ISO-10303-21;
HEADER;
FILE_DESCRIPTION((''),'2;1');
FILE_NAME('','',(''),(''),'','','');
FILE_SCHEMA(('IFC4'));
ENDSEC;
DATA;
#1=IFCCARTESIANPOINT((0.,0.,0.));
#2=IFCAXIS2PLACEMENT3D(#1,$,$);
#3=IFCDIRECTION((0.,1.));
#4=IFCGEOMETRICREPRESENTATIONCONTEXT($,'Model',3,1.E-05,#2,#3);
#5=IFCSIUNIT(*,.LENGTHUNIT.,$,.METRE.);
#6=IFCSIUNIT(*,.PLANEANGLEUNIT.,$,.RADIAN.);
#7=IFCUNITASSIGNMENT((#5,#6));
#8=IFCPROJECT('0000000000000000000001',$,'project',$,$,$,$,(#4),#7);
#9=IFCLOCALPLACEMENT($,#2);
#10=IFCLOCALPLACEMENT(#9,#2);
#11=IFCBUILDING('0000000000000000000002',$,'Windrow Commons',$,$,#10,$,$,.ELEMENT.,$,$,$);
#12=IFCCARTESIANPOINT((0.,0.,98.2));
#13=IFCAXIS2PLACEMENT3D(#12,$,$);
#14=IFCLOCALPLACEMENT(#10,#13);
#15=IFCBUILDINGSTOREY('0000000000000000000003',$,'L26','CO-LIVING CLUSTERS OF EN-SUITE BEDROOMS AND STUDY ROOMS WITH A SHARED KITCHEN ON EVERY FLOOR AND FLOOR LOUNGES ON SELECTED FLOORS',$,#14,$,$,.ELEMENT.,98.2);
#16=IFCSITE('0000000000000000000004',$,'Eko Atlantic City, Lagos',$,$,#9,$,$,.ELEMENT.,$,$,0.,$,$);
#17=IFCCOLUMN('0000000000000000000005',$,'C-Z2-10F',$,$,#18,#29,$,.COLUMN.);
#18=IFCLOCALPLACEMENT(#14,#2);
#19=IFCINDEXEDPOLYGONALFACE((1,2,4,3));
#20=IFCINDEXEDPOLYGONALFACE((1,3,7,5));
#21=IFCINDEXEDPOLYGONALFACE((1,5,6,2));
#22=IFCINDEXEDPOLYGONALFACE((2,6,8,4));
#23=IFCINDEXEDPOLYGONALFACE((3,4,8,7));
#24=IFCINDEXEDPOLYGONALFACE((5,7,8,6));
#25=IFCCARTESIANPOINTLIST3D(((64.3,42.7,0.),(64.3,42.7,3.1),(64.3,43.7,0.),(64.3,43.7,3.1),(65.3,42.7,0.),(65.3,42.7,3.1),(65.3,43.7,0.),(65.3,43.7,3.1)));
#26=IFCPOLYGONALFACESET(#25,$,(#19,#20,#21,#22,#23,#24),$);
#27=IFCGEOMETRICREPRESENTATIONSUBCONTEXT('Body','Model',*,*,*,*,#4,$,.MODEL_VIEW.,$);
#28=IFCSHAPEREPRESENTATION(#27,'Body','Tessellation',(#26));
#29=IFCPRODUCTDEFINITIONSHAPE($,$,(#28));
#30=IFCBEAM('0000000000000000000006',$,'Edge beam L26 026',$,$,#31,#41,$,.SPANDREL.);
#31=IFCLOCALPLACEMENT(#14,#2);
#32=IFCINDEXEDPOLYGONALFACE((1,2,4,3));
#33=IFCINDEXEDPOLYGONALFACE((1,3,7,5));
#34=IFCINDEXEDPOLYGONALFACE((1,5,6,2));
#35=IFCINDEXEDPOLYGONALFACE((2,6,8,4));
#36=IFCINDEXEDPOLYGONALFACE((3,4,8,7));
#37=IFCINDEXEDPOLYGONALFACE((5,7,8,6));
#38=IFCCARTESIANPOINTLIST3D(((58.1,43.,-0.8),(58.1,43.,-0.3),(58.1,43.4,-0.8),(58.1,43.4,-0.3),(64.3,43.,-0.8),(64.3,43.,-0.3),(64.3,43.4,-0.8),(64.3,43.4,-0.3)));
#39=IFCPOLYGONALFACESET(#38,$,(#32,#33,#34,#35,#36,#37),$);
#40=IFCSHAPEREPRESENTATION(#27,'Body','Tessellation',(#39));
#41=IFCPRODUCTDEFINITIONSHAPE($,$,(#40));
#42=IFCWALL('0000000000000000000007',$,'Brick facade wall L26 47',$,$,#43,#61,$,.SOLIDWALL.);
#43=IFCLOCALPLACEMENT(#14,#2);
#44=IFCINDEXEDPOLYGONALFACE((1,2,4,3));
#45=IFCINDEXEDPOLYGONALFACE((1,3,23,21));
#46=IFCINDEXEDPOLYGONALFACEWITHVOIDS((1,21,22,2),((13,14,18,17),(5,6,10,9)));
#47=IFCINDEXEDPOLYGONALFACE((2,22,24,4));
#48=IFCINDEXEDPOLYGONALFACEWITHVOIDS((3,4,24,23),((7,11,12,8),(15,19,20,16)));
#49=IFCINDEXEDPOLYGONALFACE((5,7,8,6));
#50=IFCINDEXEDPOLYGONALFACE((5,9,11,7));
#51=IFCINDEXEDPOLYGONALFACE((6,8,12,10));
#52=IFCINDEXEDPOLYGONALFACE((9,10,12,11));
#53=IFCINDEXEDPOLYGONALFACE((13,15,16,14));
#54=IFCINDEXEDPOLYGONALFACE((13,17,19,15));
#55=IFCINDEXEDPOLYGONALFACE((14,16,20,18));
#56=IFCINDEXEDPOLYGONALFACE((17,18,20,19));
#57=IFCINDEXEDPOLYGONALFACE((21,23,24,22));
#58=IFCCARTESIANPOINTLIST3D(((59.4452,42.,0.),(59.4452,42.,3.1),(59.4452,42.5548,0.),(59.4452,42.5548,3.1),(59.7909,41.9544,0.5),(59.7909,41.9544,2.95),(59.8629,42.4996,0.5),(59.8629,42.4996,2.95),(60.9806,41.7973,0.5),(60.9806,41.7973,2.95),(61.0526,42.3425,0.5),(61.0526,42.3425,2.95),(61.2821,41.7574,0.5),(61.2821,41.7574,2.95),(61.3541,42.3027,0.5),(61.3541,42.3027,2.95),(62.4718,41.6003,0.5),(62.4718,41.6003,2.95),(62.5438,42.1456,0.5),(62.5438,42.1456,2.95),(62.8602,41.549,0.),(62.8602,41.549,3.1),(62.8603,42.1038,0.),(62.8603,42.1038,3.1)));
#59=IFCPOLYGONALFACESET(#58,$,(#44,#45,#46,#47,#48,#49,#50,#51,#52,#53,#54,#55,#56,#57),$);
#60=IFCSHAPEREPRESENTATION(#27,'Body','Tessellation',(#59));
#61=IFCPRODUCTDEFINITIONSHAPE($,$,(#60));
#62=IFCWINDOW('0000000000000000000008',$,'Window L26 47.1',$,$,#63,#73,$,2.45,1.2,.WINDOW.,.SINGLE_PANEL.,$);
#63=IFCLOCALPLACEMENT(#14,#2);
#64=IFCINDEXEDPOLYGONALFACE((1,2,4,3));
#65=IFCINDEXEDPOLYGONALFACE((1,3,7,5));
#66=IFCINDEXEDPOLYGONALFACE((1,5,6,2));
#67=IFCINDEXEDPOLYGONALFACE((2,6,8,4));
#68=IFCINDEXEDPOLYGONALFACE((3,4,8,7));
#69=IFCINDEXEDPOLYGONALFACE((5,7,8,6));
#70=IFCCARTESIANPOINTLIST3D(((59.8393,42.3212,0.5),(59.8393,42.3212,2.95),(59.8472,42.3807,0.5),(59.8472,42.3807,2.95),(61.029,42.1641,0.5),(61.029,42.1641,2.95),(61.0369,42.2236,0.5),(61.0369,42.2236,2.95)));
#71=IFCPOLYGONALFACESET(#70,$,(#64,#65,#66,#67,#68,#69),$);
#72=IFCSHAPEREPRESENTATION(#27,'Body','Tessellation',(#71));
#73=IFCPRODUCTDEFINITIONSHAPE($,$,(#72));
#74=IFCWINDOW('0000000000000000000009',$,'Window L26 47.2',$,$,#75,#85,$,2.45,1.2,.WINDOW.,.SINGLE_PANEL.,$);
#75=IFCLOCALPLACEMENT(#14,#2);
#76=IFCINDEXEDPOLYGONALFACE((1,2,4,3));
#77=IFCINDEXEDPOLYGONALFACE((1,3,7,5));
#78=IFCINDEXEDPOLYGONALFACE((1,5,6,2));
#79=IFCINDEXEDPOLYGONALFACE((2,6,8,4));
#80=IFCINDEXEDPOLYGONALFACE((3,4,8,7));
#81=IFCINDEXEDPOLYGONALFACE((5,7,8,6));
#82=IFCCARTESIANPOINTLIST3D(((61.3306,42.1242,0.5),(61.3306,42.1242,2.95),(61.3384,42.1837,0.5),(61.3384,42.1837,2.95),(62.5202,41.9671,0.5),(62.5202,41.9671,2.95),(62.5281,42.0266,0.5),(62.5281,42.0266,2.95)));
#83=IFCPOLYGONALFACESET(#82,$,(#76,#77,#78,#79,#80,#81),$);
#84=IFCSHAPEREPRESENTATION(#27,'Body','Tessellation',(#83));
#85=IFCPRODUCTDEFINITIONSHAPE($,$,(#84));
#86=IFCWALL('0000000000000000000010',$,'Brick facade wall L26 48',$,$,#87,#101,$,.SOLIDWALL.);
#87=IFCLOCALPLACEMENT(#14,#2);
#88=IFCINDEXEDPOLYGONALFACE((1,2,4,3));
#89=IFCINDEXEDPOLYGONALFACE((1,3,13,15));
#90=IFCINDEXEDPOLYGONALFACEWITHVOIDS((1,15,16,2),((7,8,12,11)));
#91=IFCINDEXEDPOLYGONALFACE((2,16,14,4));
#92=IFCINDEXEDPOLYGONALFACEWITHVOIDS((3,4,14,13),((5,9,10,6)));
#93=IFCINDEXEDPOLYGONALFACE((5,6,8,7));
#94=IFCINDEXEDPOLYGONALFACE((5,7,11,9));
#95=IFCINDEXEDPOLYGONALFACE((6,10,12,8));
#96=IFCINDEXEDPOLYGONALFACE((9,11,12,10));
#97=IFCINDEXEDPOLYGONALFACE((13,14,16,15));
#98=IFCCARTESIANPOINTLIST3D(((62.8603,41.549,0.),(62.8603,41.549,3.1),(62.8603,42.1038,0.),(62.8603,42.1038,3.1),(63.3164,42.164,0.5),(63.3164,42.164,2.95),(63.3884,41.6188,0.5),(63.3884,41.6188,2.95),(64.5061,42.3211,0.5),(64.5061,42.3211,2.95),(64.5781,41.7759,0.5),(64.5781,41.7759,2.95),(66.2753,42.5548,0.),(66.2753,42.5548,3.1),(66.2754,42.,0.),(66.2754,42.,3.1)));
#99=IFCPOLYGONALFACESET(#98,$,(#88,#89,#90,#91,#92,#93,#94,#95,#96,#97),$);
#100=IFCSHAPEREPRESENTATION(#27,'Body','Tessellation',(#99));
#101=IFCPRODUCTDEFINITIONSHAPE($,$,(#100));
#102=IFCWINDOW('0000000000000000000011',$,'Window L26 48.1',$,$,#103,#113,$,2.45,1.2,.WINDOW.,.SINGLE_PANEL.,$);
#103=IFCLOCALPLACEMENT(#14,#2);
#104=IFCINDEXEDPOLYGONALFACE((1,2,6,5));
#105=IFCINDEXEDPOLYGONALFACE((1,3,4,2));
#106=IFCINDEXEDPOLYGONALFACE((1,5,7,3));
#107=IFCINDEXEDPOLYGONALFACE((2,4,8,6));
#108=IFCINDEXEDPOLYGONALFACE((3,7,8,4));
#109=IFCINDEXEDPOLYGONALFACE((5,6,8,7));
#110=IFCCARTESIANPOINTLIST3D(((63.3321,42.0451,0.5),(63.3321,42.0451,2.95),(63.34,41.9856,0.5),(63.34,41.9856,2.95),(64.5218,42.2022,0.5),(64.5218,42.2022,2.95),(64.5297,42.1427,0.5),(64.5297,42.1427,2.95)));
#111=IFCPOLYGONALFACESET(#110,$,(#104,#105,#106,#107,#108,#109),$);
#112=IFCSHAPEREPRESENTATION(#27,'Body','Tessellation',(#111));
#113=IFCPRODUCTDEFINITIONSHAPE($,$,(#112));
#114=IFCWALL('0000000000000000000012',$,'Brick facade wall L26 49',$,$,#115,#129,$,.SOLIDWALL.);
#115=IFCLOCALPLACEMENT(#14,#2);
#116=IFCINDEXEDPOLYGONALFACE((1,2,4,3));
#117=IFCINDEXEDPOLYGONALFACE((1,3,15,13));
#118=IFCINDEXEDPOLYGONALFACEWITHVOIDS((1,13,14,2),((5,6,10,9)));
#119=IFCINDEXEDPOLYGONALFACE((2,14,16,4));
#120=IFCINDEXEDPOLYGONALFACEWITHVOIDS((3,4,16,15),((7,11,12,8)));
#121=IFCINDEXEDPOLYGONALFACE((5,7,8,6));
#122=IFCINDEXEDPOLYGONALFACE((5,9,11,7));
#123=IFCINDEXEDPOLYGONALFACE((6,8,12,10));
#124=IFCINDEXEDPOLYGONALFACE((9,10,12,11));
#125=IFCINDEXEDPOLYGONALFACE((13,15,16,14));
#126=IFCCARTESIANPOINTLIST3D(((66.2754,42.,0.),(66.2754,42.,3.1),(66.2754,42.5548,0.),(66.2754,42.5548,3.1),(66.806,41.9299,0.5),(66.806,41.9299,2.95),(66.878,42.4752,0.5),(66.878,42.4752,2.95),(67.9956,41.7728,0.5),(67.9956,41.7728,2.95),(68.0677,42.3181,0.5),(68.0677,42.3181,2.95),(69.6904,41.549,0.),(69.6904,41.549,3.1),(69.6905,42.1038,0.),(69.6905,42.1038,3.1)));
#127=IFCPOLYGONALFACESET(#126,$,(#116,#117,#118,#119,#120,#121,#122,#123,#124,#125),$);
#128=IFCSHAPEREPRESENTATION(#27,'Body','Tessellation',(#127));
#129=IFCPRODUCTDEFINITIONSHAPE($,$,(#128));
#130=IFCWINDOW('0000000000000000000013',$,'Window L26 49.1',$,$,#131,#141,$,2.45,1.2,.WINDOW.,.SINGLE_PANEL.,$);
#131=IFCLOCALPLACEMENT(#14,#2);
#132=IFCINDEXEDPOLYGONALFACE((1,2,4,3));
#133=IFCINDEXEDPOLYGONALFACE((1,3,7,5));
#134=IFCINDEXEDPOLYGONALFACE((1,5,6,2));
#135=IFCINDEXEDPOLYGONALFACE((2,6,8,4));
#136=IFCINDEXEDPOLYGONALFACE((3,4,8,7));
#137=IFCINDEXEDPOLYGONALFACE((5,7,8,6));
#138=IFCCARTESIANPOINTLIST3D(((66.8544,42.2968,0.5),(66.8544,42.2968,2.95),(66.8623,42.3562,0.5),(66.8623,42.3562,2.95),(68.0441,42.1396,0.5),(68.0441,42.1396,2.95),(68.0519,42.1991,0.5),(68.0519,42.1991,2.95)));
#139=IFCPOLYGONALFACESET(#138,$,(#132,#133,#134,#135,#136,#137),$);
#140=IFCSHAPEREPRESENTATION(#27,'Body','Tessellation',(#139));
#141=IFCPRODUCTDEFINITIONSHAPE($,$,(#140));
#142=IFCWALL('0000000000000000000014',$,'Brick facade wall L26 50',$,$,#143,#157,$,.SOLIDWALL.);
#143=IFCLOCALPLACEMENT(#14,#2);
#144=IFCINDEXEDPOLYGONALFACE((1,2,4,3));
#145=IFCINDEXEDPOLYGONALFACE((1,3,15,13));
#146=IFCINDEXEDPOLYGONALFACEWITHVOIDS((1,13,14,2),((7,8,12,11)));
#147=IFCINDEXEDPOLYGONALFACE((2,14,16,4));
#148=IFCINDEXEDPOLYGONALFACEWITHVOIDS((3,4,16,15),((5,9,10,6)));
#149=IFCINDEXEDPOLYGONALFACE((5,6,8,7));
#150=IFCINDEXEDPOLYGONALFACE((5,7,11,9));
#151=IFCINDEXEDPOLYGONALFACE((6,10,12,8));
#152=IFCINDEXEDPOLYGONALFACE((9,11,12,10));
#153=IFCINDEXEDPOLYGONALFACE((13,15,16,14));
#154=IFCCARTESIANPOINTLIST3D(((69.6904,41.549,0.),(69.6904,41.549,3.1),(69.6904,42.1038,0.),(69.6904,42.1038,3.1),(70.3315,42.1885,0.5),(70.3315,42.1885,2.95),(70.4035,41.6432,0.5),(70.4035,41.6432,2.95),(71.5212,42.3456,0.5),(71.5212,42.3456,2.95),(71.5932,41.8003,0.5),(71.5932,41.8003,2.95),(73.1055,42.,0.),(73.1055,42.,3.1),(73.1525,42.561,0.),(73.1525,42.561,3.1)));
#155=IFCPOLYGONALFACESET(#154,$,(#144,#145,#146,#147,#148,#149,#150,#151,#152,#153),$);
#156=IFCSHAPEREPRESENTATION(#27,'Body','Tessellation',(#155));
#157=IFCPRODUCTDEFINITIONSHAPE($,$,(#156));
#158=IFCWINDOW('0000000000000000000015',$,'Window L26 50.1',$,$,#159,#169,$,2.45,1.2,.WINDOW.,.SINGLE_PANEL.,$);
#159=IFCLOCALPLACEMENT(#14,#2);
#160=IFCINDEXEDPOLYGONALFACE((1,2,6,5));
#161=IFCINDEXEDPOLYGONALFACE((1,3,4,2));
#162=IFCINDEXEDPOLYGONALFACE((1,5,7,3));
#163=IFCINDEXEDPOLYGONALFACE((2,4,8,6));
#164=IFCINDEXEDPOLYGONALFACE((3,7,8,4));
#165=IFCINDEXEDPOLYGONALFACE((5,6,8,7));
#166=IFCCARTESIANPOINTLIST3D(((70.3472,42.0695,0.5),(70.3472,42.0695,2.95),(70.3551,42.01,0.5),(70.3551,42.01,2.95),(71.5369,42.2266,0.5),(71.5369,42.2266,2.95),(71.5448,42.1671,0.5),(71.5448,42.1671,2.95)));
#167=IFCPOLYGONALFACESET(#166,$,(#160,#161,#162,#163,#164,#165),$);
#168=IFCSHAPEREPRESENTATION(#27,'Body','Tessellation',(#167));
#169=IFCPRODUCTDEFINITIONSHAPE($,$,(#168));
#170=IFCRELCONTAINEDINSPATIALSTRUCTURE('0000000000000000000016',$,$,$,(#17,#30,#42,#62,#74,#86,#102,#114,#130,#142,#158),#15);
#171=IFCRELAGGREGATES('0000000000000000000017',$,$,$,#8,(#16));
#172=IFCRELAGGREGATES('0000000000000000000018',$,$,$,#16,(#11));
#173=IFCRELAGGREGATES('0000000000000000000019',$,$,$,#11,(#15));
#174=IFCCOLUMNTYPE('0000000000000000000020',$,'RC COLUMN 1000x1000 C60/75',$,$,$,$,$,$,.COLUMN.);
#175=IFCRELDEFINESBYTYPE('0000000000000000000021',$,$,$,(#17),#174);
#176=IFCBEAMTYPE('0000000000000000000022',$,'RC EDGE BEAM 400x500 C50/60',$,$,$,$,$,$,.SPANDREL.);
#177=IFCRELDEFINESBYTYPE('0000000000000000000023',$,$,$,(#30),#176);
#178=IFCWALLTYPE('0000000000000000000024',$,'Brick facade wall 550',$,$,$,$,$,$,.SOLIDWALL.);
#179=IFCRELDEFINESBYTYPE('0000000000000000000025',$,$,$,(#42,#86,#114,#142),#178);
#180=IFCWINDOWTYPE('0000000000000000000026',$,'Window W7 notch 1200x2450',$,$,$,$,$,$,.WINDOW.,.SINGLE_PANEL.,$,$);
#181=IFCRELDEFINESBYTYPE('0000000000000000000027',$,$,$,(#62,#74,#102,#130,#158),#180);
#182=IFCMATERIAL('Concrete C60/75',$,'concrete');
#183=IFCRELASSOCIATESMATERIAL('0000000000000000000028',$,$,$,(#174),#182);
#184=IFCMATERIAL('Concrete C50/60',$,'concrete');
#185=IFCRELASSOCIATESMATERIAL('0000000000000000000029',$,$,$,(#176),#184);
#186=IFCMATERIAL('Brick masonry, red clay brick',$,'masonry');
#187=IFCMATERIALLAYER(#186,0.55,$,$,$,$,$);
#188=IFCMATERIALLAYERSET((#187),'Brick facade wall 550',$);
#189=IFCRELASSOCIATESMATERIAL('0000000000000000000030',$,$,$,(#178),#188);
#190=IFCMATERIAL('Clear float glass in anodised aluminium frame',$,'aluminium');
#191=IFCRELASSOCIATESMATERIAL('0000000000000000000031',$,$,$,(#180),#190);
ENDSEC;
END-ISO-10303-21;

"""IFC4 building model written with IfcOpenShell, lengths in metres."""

from ifc_helpers import new_model, si_unit, direction, frame, frame_2d, origin, origin_2d, place, context, subcontext, project, spatial, polyline, rectangle, outline, extrude, material, layer, layer_set, material_profile, profile_set, type_object, element, fill, save


model = new_model("IFC4")

# Units and contexts
model_context = context("Model", 3, precision=1e-05, world=origin(), true_north=direction((0.0, 1.0)))
body_context = subcontext(model_context, "Body", "Model", "MODEL_VIEW")
ifc_project = project(units=[si_unit("LENGTHUNIT", "METRE"), si_unit("PLANEANGLEUNIT", "RADIAN")], contexts=[model_context])

# Site, building, storey
site_placement = place(None, origin())
site = spatial("IfcSite", under=ifc_project, at=site_placement, Name="Eko Atlantic City, Lagos", CompositionType="ELEMENT", RefElevation=0.0)
building_placement = place(site_placement, origin())
building = spatial("IfcBuilding", under=site, at=building_placement, Name="Windrow Commons", CompositionType="ELEMENT")
storey_placement = place(building_placement, frame((0.0, 0.0, 98.2)))
storey = spatial("IfcBuildingStorey", under=building, at=storey_placement, Name="L26", Description="CO-LIVING CLUSTERS OF EN-SUITE BEDROOMS AND STUDY ROOMS WITH A SHARED KITCHEN ON EVERY FLOOR AND FLOOR LOUNGES ON SELECTED FLOORS", CompositionType="ELEMENT", Elevation=98.2)

# Column
ifc_material_1 = material(Name="Concrete C60/75", Category="concrete")
ifc_material_profile_1 = material_profile(ifc_material_1, rectangle(XDim=1.0, YDim=1.0, at=origin_2d()))
ifc_profile_set_1 = profile_set([ifc_material_profile_1], Name="Concrete C60/75")
column_type = type_object("IfcColumnType", Name="RC COLUMN 1000x1000 C60/75", PredefinedType="COLUMN", material=ifc_profile_set_1)
column_placement = place(storey_placement, frame((64.8, 43.2, 0.0), z_axis=(0.0, 0.0, 1.0), x_axis=(1.0, 0.0, 0.0)))
element("IfcColumn", 1, at=column_placement, inside=storey, type_object=column_type, Name="C-Z2-10F", PredefinedType="COLUMN", context=body_context, shape_type="SweptSolid", body=[
    extrude(rectangle(XDim=1.0, YDim=1.0, at=origin_2d()), origin(), (0.0, 0.0, 1.0), 3.1),
])

# Beam
ifc_material_2 = material(Name="Concrete C50/60", Category="concrete")
ifc_material_profile_2 = material_profile(ifc_material_2, rectangle(XDim=0.4, YDim=0.5, at=origin_2d()))
ifc_profile_set_2 = profile_set([ifc_material_profile_2], Name="Concrete C50/60")
beam_type = type_object("IfcBeamType", Name="RC EDGE BEAM 400x500 C50/60", PredefinedType="SPANDREL", material=ifc_profile_set_2)
beam_placement = place(storey_placement, frame((64.3, 43.2, -0.55), z_axis=(-1.0, 0.0, 0.0), x_axis=(0.0, -1.0, 0.0)))
element("IfcBeam", 2, at=beam_placement, inside=storey, type_object=beam_type, Name="Edge beam L26 026", PredefinedType="SPANDREL", context=body_context, shape_type="SweptSolid", body=[
    extrude(rectangle(XDim=0.4, YDim=0.5, at=origin_2d()), origin(), (0.0, 0.0, 1.0), 6.2),
])

# Wall, openings, windows
ifc_material_3 = material(Name="Brick masonry, red clay brick", Category="masonry")
ifc_layer_1 = layer(ifc_material_3, 0.55)
ifc_layer_set_1 = layer_set([ifc_layer_1], Name="Brick facade wall 550")
wall_type_1 = type_object("IfcWallType", Name="Brick facade wall 550", PredefinedType="SOLIDWALL", material=ifc_layer_set_1)
wall_1_placement = place(storey_placement, frame((59.4452, 42.2774, 0.0), z_axis=(0.0, 0.0, 1.0), x_axis=(0.991392, -0.130924, 0.0)))
wall_1 = element("IfcWall", 3, at=wall_1_placement, inside=storey, type_object=wall_type_1, Name="Brick facade wall L26 47", PredefinedType="SOLIDWALL", context=body_context, shape_type="SweptSolid", body=[
    extrude(outline(polyline([(0.0363, -0.275), (3.481, -0.275), (3.4084, 0.275), (-0.0363, 0.275), (0.0363, -0.275)])), origin(), (0.0, 0.0, 1.0), 3.1),
])
opening_1_placement = place(wall_1_placement, frame((0.385, 0.0, 0.5)))
opening_1 = element("IfcOpeningElement", 4, at=opening_1_placement, cuts=wall_1, PredefinedType="OPENING", context=body_context, shape_type="SweptSolid", body=[
    extrude(rectangle(XDim=1.2, YDim=2.45, at=frame_2d((0.6, 1.225))), frame((0.0, 0.285, 0.0), z_axis=(0.0, -1.0, 0.0), x_axis=(1.0, 0.0, 0.0)), (0.0, 0.0, 1.0), 0.57),
])
opening_2_placement = place(wall_1_placement, frame((1.8892, 0.0, 0.5)))
opening_2 = element("IfcOpeningElement", 5, at=opening_2_placement, cuts=wall_1, PredefinedType="OPENING", context=body_context, shape_type="SweptSolid", body=[
    extrude(rectangle(XDim=1.2, YDim=2.45, at=frame_2d((0.6, 1.225))), frame((0.0, 0.285, 0.0), z_axis=(0.0, -1.0, 0.0), x_axis=(1.0, 0.0, 0.0)), (0.0, 0.0, 1.0), 0.57),
])
ifc_material_4 = material(Name="Clear float glass in anodised aluminium frame", Category="aluminium")
window_type = type_object("IfcWindowType", Name="Window W7 notch 1200x2450", PartitioningType="SINGLE_PANEL", PredefinedType="WINDOW", material=ifc_material_4)
window_1_placement = place(opening_1_placement, origin())
window_1 = element("IfcWindow", 6, at=window_1_placement, inside=storey, type_object=window_type, Name="Window L26 47.1", OverallHeight=2.45, OverallWidth=1.2, PartitioningType="SINGLE_PANEL", PredefinedType="WINDOW", context=body_context, shape_type="SweptSolid", body=[
    extrude(rectangle(XDim=1.2, YDim=2.45, at=frame_2d((0.6, 1.225))), frame((0.0, 0.155, 0.0), z_axis=(0.0, -1.0, 0.0), x_axis=(1.0, 0.0, 0.0)), (0.0, 0.0, 1.0), 0.06),
])
fill(opening_1, window_1)
window_2_placement = place(opening_2_placement, origin())
window_2 = element("IfcWindow", 7, at=window_2_placement, inside=storey, type_object=window_type, Name="Window L26 47.2", OverallHeight=2.45, OverallWidth=1.2, PartitioningType="SINGLE_PANEL", PredefinedType="WINDOW", context=body_context, shape_type="SweptSolid", body=[
    extrude(rectangle(XDim=1.2, YDim=2.45, at=frame_2d((0.6, 1.225))), frame((0.0, 0.155, 0.0), z_axis=(0.0, -1.0, 0.0), x_axis=(1.0, 0.0, 0.0)), (0.0, 0.0, 1.0), 0.06),
])
fill(opening_2, window_2)

# Walls, openings, windows
wall_2_placement = place(storey_placement, frame((62.8603, 41.8264, 0.0), z_axis=(0.0, 0.0, 1.0), x_axis=(0.991392, 0.130924, 0.0)))
wall_2 = element("IfcWall", 8, at=wall_2_placement, inside=storey, type_object=wall_type_1, Name="Brick facade wall L26 48", PredefinedType="SOLIDWALL", context=body_context, shape_type="SweptSolid", body=[
    extrude(outline(polyline([(-0.0363, -0.275), (3.4084, -0.275), (3.481, 0.275), (0.0363, 0.275), (-0.0363, -0.275)])), origin(), (0.0, 0.0, 1.0), 3.1),
])
opening_3_placement = place(wall_2_placement, frame((0.4964, 0.0, 0.5)))
opening_3 = element("IfcOpeningElement", 9, at=opening_3_placement, cuts=wall_2, PredefinedType="OPENING", context=body_context, shape_type="SweptSolid", body=[
    extrude(rectangle(XDim=1.2, YDim=2.45, at=frame_2d((0.6, 1.225))), frame((0.0, 0.285, 0.0), z_axis=(0.0, -1.0, 0.0), x_axis=(1.0, 0.0, 0.0)), (0.0, 0.0, 1.0), 0.57),
])
window_3_placement = place(opening_3_placement, origin())
window_3 = element("IfcWindow", 10, at=window_3_placement, inside=storey, type_object=window_type, Name="Window L26 48.1", OverallHeight=2.45, OverallWidth=1.2, PartitioningType="SINGLE_PANEL", PredefinedType="WINDOW", context=body_context, shape_type="SweptSolid", body=[
    extrude(rectangle(XDim=1.2, YDim=2.45, at=frame_2d((0.6, 1.225))), frame((0.0, 0.155, 0.0), z_axis=(0.0, -1.0, 0.0), x_axis=(1.0, 0.0, 0.0)), (0.0, 0.0, 1.0), 0.06),
])
fill(opening_3, window_3)
wall_3_placement = place(storey_placement, frame((66.2754, 42.2774, 0.0), z_axis=(0.0, 0.0, 1.0), x_axis=(0.991392, -0.130928, 0.0)))
wall_3 = element("IfcWall", 11, at=wall_3_placement, inside=storey, type_object=wall_type_1, Name="Brick facade wall L26 49", PredefinedType="SOLIDWALL", context=body_context, shape_type="SweptSolid", body=[
    extrude(outline(polyline([(0.0363, -0.275), (3.481, -0.275), (3.4084, 0.275), (-0.0363, 0.275), (0.0363, -0.275)])), origin(), (0.0, 0.0, 1.0), 3.1),
])
opening_4_placement = place(wall_3_placement, frame((0.5715, 0.0, 0.5)))
opening_4 = element("IfcOpeningElement", 12, at=opening_4_placement, cuts=wall_3, PredefinedType="OPENING", context=body_context, shape_type="SweptSolid", body=[
    extrude(rectangle(XDim=1.2, YDim=2.45, at=frame_2d((0.6, 1.225))), frame((0.0, 0.285, 0.0), z_axis=(0.0, -1.0, 0.0), x_axis=(1.0, 0.0, 0.0)), (0.0, 0.0, 1.0), 0.57),
])
window_4_placement = place(opening_4_placement, origin())
window_4 = element("IfcWindow", 13, at=window_4_placement, inside=storey, type_object=window_type, Name="Window L26 49.1", OverallHeight=2.45, OverallWidth=1.2, PartitioningType="SINGLE_PANEL", PredefinedType="WINDOW", context=body_context, shape_type="SweptSolid", body=[
    extrude(rectangle(XDim=1.2, YDim=2.45, at=frame_2d((0.6, 1.225))), frame((0.0, 0.155, 0.0), z_axis=(0.0, -1.0, 0.0), x_axis=(1.0, 0.0, 0.0)), (0.0, 0.0, 1.0), 0.06),
])
fill(opening_4, window_4)
wall_4_placement = place(storey_placement, frame((69.6904, 41.8264, 0.0), z_axis=(0.0, 0.0, 1.0), x_axis=(0.991393, 0.130923, 0.0)))
wall_4 = element("IfcWall", 14, at=wall_4_placement, inside=storey, type_object=wall_type_1, Name="Brick facade wall L26 50", PredefinedType="SOLIDWALL", context=body_context, shape_type="SweptSolid", body=[
    extrude(outline(polyline([(-0.0363, -0.275), (3.4084, -0.275), (3.5285, 0.275), (0.0363, 0.275), (-0.0363, -0.275)])), origin(), (0.0, 0.0, 1.0), 3.1),
])
opening_5_placement = place(wall_4_placement, frame((0.683, 0.0, 0.5)))
opening_5 = element("IfcOpeningElement", 15, at=opening_5_placement, cuts=wall_4, PredefinedType="OPENING", context=body_context, shape_type="SweptSolid", body=[
    extrude(rectangle(XDim=1.2, YDim=2.45, at=frame_2d((0.6, 1.225))), frame((0.0, 0.285, 0.0), z_axis=(0.0, -1.0, 0.0), x_axis=(1.0, 0.0, 0.0)), (0.0, 0.0, 1.0), 0.57),
])
window_5_placement = place(opening_5_placement, origin())
window_5 = element("IfcWindow", 16, at=window_5_placement, inside=storey, type_object=window_type, Name="Window L26 50.1", OverallHeight=2.45, OverallWidth=1.2, PartitioningType="SINGLE_PANEL", PredefinedType="WINDOW", context=body_context, shape_type="SweptSolid", body=[
    extrude(rectangle(XDim=1.2, YDim=2.45, at=frame_2d((0.6, 1.225))), frame((0.0, 0.155, 0.0), z_axis=(0.0, -1.0, 0.0), x_axis=(1.0, 0.0, 0.0)), (0.0, 0.0, 1.0), 0.06),
])
fill(opening_5, window_5)

save(model, "model.ifc")
